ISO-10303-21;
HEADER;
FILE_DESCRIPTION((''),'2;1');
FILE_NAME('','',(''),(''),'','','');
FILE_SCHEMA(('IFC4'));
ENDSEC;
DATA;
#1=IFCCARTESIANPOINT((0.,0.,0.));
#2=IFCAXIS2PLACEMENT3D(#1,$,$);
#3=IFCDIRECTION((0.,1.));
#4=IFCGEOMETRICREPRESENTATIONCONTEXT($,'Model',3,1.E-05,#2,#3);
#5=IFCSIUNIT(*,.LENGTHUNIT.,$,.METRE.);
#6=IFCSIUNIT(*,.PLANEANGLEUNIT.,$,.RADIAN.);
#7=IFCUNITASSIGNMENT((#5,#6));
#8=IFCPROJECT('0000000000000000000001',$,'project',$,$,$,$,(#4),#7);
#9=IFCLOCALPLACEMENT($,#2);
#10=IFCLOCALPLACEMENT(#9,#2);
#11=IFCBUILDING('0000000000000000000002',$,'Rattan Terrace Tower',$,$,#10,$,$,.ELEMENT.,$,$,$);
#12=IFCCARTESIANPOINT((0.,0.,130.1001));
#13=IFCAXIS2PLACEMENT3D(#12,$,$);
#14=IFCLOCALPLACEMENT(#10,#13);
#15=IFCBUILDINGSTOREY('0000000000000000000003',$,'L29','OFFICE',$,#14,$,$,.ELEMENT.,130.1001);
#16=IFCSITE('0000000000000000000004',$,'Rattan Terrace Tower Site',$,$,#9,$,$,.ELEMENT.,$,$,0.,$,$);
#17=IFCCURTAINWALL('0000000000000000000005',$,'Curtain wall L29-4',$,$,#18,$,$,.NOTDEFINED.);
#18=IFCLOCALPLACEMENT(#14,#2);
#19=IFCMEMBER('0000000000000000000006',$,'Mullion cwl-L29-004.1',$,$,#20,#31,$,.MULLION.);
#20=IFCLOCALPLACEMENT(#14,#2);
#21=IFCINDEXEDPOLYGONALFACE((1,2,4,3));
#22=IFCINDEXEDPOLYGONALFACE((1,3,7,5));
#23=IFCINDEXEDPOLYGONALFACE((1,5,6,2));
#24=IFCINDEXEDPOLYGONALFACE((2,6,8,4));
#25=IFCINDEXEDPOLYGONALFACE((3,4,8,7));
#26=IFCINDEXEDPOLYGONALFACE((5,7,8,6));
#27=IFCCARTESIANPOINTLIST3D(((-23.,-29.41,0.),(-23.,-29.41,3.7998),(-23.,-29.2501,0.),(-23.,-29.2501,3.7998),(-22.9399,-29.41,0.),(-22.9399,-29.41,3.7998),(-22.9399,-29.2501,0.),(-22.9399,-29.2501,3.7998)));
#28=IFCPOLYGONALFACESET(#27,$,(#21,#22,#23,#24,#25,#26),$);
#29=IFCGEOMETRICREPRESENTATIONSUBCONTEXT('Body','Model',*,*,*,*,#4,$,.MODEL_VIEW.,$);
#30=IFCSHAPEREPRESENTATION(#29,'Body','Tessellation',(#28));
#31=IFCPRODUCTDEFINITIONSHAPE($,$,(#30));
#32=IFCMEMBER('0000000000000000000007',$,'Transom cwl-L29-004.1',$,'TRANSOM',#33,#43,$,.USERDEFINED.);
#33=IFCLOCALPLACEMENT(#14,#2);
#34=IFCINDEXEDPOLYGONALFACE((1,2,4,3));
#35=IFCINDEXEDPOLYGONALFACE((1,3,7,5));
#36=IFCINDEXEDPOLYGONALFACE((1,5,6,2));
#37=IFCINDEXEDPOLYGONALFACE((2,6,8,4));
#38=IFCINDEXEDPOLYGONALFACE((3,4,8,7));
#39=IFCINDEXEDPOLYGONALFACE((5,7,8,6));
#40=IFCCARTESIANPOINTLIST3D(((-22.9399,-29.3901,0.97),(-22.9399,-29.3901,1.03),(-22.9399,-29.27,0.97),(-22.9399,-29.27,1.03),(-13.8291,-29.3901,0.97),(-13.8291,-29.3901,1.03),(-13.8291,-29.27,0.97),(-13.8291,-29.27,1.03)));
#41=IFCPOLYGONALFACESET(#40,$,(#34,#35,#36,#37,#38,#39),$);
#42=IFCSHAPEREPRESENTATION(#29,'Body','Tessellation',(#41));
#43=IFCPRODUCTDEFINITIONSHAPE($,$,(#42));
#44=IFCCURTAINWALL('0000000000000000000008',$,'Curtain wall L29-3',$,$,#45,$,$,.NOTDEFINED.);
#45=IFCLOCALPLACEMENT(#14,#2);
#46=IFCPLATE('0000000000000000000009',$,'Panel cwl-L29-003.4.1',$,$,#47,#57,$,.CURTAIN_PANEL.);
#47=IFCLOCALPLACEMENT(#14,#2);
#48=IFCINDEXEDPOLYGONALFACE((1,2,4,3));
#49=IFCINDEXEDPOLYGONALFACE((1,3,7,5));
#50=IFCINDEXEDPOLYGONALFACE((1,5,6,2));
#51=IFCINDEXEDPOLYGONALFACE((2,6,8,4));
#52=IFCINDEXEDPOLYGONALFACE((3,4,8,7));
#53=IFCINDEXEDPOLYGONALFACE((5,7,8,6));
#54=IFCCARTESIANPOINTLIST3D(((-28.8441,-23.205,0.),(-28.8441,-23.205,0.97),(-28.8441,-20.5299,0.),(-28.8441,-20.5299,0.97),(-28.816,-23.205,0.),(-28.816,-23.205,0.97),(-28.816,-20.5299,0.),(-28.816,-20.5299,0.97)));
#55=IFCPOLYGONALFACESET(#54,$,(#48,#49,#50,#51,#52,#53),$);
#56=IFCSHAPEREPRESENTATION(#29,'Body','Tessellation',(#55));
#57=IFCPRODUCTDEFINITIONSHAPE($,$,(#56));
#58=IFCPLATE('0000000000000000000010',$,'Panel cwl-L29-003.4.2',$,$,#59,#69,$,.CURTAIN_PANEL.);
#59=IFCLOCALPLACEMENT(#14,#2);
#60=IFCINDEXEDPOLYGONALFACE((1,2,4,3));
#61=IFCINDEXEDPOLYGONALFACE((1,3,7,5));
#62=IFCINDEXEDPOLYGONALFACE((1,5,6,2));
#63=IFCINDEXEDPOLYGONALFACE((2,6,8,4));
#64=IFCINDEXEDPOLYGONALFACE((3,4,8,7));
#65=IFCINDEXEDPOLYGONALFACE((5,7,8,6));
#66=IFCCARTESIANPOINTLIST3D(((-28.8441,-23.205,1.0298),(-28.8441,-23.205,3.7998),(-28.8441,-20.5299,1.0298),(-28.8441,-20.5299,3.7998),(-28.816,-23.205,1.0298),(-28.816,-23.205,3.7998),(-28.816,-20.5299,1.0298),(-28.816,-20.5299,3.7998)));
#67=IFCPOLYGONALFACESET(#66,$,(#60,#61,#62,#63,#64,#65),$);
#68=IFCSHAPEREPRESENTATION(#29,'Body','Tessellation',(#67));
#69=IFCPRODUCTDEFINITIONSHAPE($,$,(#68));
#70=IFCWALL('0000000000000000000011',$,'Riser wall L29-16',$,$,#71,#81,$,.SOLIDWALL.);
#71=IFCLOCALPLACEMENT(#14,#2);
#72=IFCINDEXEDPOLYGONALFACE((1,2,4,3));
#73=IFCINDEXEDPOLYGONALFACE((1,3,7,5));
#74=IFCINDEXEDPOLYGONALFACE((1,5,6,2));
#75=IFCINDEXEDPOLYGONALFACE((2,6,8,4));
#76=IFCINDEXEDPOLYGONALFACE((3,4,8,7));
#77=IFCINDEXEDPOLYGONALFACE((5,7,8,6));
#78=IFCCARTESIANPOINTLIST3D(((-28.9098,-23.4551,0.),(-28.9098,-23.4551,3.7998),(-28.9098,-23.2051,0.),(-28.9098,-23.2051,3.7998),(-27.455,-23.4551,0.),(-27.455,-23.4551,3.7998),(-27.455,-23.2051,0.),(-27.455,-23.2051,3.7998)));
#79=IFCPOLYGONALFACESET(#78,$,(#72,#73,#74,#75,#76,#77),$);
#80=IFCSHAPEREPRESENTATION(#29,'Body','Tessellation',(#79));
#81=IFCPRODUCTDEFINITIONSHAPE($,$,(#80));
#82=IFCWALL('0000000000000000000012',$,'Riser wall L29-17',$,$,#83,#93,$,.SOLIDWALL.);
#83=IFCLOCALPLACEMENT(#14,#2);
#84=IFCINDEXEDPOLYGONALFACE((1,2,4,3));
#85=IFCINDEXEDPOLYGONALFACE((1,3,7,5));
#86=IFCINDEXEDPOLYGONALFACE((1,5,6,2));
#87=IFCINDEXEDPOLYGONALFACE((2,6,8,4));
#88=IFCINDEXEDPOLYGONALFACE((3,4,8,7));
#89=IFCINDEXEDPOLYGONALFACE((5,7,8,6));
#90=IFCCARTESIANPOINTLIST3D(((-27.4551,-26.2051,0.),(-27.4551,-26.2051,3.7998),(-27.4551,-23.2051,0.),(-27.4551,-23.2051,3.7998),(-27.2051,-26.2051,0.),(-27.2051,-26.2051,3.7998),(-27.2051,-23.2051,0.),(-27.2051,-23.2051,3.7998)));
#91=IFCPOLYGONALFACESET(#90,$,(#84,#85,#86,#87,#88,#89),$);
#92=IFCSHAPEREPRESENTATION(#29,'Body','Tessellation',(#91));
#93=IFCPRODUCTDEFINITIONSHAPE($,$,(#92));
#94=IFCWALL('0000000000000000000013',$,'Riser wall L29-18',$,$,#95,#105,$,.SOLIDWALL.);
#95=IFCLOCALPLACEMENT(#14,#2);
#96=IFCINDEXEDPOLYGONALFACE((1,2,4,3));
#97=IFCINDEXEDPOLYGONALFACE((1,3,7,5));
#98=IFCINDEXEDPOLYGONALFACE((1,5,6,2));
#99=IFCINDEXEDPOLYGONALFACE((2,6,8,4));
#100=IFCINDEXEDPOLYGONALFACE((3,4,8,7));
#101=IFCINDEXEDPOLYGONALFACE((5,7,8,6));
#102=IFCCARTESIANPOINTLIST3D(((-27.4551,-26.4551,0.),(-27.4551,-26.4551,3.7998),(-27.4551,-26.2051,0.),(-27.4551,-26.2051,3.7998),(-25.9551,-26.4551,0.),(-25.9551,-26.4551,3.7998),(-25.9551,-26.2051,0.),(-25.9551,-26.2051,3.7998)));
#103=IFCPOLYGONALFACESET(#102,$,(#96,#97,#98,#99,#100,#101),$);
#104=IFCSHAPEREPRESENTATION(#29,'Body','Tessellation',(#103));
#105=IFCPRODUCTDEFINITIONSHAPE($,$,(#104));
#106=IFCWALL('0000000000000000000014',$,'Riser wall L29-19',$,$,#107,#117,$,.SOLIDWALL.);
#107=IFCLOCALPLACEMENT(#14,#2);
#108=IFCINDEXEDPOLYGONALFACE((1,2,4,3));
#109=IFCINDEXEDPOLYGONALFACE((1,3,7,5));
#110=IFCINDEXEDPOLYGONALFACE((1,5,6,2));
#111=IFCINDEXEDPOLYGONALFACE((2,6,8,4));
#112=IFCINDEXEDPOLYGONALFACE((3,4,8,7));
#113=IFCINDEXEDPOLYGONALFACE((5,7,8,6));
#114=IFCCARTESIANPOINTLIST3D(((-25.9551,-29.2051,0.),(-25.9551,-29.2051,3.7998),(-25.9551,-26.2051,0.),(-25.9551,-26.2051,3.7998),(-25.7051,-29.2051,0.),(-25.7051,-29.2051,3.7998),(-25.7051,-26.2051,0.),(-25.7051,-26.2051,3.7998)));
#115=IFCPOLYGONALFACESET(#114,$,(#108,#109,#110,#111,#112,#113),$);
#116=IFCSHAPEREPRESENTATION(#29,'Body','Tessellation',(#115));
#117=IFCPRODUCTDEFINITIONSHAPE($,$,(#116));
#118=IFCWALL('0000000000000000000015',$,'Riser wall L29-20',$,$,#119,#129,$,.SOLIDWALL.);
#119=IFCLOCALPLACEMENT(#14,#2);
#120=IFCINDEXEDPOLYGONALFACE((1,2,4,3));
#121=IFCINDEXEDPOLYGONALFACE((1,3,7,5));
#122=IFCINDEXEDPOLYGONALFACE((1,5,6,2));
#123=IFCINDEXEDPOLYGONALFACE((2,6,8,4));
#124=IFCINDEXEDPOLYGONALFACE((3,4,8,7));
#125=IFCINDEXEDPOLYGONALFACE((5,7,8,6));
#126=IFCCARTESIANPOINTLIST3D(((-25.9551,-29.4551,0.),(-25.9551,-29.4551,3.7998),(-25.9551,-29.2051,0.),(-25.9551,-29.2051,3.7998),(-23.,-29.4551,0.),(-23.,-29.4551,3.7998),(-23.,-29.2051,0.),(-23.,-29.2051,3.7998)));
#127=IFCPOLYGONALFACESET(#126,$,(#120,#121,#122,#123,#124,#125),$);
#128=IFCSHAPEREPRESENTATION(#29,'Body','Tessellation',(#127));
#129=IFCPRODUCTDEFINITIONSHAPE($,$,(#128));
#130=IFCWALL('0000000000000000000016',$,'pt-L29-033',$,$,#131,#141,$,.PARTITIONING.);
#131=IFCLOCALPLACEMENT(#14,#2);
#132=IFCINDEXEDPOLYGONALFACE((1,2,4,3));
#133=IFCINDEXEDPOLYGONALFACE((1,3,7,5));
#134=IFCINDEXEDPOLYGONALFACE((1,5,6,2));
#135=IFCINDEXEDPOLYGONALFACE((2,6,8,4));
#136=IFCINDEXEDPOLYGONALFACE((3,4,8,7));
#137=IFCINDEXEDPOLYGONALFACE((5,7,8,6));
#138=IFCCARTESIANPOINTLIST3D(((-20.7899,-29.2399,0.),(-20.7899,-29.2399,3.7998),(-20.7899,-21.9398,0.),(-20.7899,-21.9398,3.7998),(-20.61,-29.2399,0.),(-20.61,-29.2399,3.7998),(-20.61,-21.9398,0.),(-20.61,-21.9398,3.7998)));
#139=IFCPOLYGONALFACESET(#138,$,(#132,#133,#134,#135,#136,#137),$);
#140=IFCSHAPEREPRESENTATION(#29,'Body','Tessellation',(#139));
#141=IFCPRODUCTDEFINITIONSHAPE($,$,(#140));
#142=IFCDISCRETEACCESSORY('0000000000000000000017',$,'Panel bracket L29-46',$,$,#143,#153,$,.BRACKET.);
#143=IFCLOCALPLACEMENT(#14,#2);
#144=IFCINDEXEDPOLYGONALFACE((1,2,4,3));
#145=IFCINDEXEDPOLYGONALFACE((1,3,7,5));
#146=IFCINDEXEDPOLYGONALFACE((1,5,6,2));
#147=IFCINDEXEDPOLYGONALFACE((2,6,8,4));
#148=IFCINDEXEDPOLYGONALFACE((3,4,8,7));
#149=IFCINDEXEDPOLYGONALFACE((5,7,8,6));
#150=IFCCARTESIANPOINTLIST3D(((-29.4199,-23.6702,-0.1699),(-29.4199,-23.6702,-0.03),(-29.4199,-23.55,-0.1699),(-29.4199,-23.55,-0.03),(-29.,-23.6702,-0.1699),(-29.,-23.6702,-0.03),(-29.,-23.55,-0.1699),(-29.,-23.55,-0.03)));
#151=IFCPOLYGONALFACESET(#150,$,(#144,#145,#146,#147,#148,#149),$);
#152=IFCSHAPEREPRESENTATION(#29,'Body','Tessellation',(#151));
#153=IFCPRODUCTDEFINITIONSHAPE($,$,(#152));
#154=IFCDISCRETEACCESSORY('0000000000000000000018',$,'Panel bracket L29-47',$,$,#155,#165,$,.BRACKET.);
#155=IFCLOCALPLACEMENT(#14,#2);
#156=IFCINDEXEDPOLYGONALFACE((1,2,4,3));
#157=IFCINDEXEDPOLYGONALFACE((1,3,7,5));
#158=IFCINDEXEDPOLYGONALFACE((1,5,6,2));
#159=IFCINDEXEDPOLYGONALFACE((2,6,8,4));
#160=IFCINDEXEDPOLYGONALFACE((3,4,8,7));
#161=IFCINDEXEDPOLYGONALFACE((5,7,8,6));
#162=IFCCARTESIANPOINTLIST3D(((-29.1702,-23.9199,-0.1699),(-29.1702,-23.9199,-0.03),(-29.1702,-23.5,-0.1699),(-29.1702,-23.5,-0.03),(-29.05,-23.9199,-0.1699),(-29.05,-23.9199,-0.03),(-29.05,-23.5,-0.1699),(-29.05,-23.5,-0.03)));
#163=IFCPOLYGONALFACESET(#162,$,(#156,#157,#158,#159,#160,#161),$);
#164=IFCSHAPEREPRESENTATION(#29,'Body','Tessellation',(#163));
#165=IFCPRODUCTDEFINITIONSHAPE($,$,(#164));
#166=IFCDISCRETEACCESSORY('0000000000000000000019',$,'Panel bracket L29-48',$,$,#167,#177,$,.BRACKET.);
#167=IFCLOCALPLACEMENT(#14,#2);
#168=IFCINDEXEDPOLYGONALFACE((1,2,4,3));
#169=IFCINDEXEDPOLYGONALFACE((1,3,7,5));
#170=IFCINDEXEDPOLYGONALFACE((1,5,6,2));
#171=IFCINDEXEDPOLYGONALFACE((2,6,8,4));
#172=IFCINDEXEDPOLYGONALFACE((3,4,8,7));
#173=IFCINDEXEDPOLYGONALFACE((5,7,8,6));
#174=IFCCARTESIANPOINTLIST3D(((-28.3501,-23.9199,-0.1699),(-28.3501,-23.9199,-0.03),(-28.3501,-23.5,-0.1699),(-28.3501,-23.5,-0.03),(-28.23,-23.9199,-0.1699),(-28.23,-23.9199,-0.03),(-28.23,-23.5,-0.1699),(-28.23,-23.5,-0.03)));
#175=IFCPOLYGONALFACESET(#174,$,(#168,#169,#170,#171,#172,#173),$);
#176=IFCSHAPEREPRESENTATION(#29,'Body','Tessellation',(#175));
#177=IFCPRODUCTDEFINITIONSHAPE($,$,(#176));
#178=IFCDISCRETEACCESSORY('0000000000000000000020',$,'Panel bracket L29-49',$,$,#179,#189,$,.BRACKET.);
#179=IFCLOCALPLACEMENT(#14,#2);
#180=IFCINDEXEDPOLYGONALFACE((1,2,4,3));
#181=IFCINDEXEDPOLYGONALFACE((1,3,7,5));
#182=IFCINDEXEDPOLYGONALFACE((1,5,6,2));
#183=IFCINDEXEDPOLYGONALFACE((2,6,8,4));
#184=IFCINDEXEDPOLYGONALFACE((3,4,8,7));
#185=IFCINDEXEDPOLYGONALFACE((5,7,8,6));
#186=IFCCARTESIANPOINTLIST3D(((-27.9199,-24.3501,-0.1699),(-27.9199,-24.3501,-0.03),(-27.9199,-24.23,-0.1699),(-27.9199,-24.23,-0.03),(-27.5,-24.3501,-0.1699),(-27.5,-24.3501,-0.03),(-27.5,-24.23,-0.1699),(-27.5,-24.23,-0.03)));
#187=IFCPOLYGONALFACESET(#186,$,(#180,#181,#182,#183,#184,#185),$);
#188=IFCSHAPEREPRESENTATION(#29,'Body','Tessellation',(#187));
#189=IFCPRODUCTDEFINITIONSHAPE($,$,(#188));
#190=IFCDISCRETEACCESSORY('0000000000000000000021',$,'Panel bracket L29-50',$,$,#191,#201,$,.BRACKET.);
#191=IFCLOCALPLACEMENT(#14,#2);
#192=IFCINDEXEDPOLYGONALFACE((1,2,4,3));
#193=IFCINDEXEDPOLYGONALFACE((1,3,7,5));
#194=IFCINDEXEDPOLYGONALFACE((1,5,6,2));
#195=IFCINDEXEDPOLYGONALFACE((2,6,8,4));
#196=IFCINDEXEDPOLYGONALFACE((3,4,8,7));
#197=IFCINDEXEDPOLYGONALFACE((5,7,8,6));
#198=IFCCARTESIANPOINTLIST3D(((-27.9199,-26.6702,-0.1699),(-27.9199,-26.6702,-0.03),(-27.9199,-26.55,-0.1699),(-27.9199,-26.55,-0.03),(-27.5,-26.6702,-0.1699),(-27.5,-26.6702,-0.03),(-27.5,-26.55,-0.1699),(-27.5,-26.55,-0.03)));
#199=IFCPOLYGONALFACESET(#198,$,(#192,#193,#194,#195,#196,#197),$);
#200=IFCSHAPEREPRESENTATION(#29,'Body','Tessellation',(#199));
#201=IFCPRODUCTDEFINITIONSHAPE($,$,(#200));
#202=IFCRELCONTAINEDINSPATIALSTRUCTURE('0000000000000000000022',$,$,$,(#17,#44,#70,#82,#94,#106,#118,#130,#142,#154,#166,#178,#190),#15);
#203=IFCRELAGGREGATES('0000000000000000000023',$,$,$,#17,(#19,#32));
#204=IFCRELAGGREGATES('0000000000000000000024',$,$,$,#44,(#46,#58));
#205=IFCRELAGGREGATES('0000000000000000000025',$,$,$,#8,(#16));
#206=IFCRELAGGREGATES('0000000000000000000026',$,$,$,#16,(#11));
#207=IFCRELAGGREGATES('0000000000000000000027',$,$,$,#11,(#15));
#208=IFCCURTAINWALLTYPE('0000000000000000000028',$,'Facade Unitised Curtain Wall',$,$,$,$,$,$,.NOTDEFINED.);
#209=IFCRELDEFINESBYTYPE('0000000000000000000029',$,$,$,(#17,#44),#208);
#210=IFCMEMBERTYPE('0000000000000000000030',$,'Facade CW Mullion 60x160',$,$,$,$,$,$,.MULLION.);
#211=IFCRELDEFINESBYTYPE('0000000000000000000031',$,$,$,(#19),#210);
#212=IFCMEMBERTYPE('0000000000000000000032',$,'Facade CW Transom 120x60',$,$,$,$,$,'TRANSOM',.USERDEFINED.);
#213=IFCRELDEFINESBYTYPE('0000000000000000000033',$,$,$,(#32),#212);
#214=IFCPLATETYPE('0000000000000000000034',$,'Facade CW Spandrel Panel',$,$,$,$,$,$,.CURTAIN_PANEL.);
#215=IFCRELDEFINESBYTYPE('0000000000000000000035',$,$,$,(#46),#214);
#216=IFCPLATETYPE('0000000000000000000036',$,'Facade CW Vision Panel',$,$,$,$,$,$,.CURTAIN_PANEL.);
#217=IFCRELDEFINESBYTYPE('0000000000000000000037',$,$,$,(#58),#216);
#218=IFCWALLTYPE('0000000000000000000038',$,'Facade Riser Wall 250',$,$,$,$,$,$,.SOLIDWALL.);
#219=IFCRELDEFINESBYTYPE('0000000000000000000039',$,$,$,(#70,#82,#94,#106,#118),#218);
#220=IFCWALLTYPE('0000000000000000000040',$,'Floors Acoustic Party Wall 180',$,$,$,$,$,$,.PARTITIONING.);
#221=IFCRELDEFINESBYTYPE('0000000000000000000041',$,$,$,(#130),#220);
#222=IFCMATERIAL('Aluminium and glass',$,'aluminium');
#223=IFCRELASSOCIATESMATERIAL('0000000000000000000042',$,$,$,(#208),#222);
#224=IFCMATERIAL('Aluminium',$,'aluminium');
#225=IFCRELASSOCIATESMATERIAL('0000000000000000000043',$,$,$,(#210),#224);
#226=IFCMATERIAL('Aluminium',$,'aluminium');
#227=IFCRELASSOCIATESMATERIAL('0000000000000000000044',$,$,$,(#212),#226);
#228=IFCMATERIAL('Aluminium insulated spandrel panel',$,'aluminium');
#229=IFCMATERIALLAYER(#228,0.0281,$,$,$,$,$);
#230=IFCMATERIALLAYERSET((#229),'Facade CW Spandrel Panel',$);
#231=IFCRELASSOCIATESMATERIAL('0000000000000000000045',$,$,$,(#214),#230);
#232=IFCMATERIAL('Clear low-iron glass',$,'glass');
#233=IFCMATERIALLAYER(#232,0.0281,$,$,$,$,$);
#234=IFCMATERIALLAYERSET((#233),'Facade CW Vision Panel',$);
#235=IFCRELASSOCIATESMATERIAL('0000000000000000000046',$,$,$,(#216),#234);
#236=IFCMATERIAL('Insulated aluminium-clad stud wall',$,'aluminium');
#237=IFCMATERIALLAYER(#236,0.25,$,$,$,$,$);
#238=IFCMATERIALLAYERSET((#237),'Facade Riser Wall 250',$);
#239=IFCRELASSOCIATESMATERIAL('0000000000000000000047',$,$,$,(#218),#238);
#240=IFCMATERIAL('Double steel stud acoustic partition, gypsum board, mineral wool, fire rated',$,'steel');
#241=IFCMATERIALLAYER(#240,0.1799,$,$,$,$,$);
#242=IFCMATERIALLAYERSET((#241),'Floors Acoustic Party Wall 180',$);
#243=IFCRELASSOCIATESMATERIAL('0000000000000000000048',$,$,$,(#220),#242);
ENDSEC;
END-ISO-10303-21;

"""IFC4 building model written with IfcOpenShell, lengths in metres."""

from ifc_helpers import new_model, si_unit, direction, frame, frame_2d, origin, origin_2d, place, context, subcontext, project, spatial, rectangle, extrude, material, layer, layer_set, material_profile, profile_set, type_object, element, aggregate, save


model = new_model("IFC4")

# Units and contexts
model_context = context("Model", 3, precision=1e-05, world=origin(), true_north=direction((0.0, 1.0)))
body_context = subcontext(model_context, "Body", "Model", "MODEL_VIEW")
ifc_project = project(units=[si_unit("LENGTHUNIT", "METRE"), si_unit("PLANEANGLEUNIT", "RADIAN")], contexts=[model_context])

# Site, building, storey
site_placement = place(None, origin())
site = spatial("IfcSite", under=ifc_project, at=site_placement, Name="Rattan Terrace Tower Site", CompositionType="ELEMENT", RefElevation=0.0)
building_placement = place(site_placement, origin())
building = spatial("IfcBuilding", under=site, at=building_placement, Name="Rattan Terrace Tower", CompositionType="ELEMENT")
storey_placement = place(building_placement, frame((0.0, 0.0, 130.1001)))
storey = spatial("IfcBuildingStorey", under=building, at=storey_placement, Name="L29", Description="OFFICE", CompositionType="ELEMENT", Elevation=130.1001)

# Curtain wall, members
ifc_material_1 = material(Name="Aluminium and glass", Category="aluminium")
curtain_wall_type = type_object("IfcCurtainWallType", Name="Facade Unitised Curtain Wall", PredefinedType="NOTDEFINED", material=ifc_material_1)
curtain_wall_1_placement = place(storey_placement, origin())
curtain_wall_1 = element("IfcCurtainWall", 1, at=curtain_wall_1_placement, inside=storey, type_object=curtain_wall_type, Name="Curtain wall L29-4", PredefinedType="NOTDEFINED")
ifc_material_2 = material(Name="Aluminium", Category="aluminium")
ifc_material_profile_1 = material_profile(ifc_material_2, rectangle(XDim=0.0601, YDim=0.1599, at=origin_2d()), Name="Aluminium 60x160")
ifc_profile_set_1 = profile_set([ifc_material_profile_1], Name="Aluminium")
member_type_1 = type_object("IfcMemberType", Name="Facade CW Mullion 60x160", PredefinedType="MULLION", material=ifc_profile_set_1)
member_1_placement = place(storey_placement, frame((-22.97, -29.3301, 0.0), z_axis=(0.0, 0.0, 1.0), x_axis=(1.0, 0.0, 0.0)))
member_1 = element("IfcMember", 2, at=member_1_placement, type_object=member_type_1, Name="Mullion cwl-L29-004.1", PredefinedType="MULLION", context=body_context, shape_type="SweptSolid", body=[
    extrude(rectangle(XDim=0.0601, YDim=0.1599, at=origin_2d()), origin(), (0.0, 0.0, 1.0), 3.7998),
])
ifc_material_3 = material(Name="Aluminium", Category="aluminium")
ifc_material_profile_2 = material_profile(ifc_material_3, rectangle(XDim=0.1201, YDim=0.0601, at=origin_2d()), Name="Aluminium 120x60")
ifc_profile_set_2 = profile_set([ifc_material_profile_2], Name="Aluminium")
member_type_2 = type_object("IfcMemberType", Name="Facade CW Transom 120x60", ElementType="TRANSOM", PredefinedType="USERDEFINED", material=ifc_profile_set_2)
member_2_placement = place(storey_placement, frame((-22.9399, -29.3301, 1.0), z_axis=(1.0, 0.0, 0.0), x_axis=(0.0, 1.0, 0.0)))
member_2 = element("IfcMember", 3, at=member_2_placement, type_object=member_type_2, Name="Transom cwl-L29-004.1", ObjectType="TRANSOM", PredefinedType="USERDEFINED", context=body_context, shape_type="SweptSolid", body=[
    extrude(rectangle(XDim=0.1201, YDim=0.0601, at=origin_2d()), origin(), (0.0, 0.0, 1.0), 9.1108),
])
aggregate(curtain_wall_1, [member_1, member_2])

# Curtain wall, plates
curtain_wall_2_placement = place(storey_placement, origin())
curtain_wall_2 = element("IfcCurtainWall", 4, at=curtain_wall_2_placement, inside=storey, type_object=curtain_wall_type, Name="Curtain wall L29-3", PredefinedType="NOTDEFINED")
ifc_material_4 = material(Name="Aluminium insulated spandrel panel", Category="aluminium")
ifc_layer_1 = layer(ifc_material_4, 0.0281)
ifc_layer_set_1 = layer_set([ifc_layer_1], Name="Facade CW Spandrel Panel")
plate_type_1 = type_object("IfcPlateType", Name="Facade CW Spandrel Panel", PredefinedType="CURTAIN_PANEL", material=ifc_layer_set_1)
plate_1_placement = place(storey_placement, frame((-28.8301, -21.8674, 0.0), z_axis=(0.0, 0.0, 1.0), x_axis=(0.0, -1.0, 0.0)))
plate_1 = element("IfcPlate", 5, at=plate_1_placement, type_object=plate_type_1, Name="Panel cwl-L29-003.4.1", PredefinedType="CURTAIN_PANEL", context=body_context, shape_type="SweptSolid", body=[
    extrude(rectangle(XDim=2.675, YDim=0.0281, at=origin_2d()), origin(), (0.0, 0.0, 1.0), 0.97),
])
ifc_material_5 = material(Name="Clear low-iron glass", Category="glass")
ifc_layer_2 = layer(ifc_material_5, 0.0281)
ifc_layer_set_2 = layer_set([ifc_layer_2], Name="Facade CW Vision Panel")
plate_type_2 = type_object("IfcPlateType", Name="Facade CW Vision Panel", PredefinedType="CURTAIN_PANEL", material=ifc_layer_set_2)
plate_2_placement = place(storey_placement, frame((-28.8301, -21.8674, 1.0298), z_axis=(0.0, 0.0, 1.0), x_axis=(0.0, -1.0, 0.0)))
plate_2 = element("IfcPlate", 6, at=plate_2_placement, type_object=plate_type_2, Name="Panel cwl-L29-003.4.2", PredefinedType="CURTAIN_PANEL", context=body_context, shape_type="SweptSolid", body=[
    extrude(rectangle(XDim=2.675, YDim=0.0281, at=origin_2d()), origin(), (0.0, 0.0, 1.0), 2.77),
])
aggregate(curtain_wall_2, [plate_1, plate_2])

# Walls
ifc_material_6 = material(Name="Insulated aluminium-clad stud wall", Category="aluminium")
ifc_layer_3 = layer(ifc_material_6, 0.25)
ifc_layer_set_3 = layer_set([ifc_layer_3], Name="Facade Riser Wall 250")
wall_type_1 = type_object("IfcWallType", Name="Facade Riser Wall 250", PredefinedType="SOLIDWALL", material=ifc_layer_set_3)
wall_1_placement = place(storey_placement, frame((-28.9099, -23.3301, 0.0), z_axis=(0.0, 0.0, 1.0), x_axis=(1.0, 0.0, 0.0)))
element("IfcWall", 7, at=wall_1_placement, inside=storey, type_object=wall_type_1, Name="Riser wall L29-16", PredefinedType="SOLIDWALL", context=body_context, shape_type="SweptSolid", body=[
    extrude(rectangle(XDim=1.4548, YDim=0.25, at=frame_2d((0.7275, 0.0))), origin(), (0.0, 0.0, 1.0), 3.7998),
])
wall_2_placement = place(storey_placement, frame((-27.3301, -23.2051, 0.0), z_axis=(0.0, 0.0, 1.0), x_axis=(0.0, -1.0, 0.0)))
element("IfcWall", 8, at=wall_2_placement, inside=storey, type_object=wall_type_1, Name="Riser wall L29-17", PredefinedType="SOLIDWALL", context=body_context, shape_type="SweptSolid", body=[
    extrude(rectangle(XDim=3.0, YDim=0.25, at=frame_2d((1.5, 0.0))), origin(), (0.0, 0.0, 1.0), 3.7998),
])
wall_3_placement = place(storey_placement, frame((-27.4551, -26.3301, 0.0), z_axis=(0.0, 0.0, 1.0), x_axis=(1.0, 0.0, 0.0)))
element("IfcWall", 9, at=wall_3_placement, inside=storey, type_object=wall_type_1, Name="Riser wall L29-18", PredefinedType="SOLIDWALL", context=body_context, shape_type="SweptSolid", body=[
    extrude(rectangle(XDim=1.5, YDim=0.25, at=frame_2d((0.75, 0.0))), origin(), (0.0, 0.0, 1.0), 3.7998),
])
wall_4_placement = place(storey_placement, frame((-25.8301, -26.2051, 0.0), z_axis=(0.0, 0.0, 1.0), x_axis=(0.0, -1.0, 0.0)))
element("IfcWall", 10, at=wall_4_placement, inside=storey, type_object=wall_type_1, Name="Riser wall L29-19", PredefinedType="SOLIDWALL", context=body_context, shape_type="SweptSolid", body=[
    extrude(rectangle(XDim=3.0, YDim=0.25, at=frame_2d((1.5, 0.0))), origin(), (0.0, 0.0, 1.0), 3.7998),
])
wall_5_placement = place(storey_placement, frame((-25.9551, -29.3301, 0.0), z_axis=(0.0, 0.0, 1.0), x_axis=(1.0, 0.0, 0.0)))
element("IfcWall", 11, at=wall_5_placement, inside=storey, type_object=wall_type_1, Name="Riser wall L29-20", PredefinedType="SOLIDWALL", context=body_context, shape_type="SweptSolid", body=[
    extrude(rectangle(XDim=2.9551, YDim=0.25, at=frame_2d((1.4775, 0.0))), origin(), (0.0, 0.0, 1.0), 3.7998),
])
ifc_material_7 = material(Name="Double steel stud acoustic partition, gypsum board, mineral wool, fire rated", Category="steel")
ifc_layer_4 = layer(ifc_material_7, 0.1799)
ifc_layer_set_4 = layer_set([ifc_layer_4], Name="Floors Acoustic Party Wall 180")
wall_type_2 = type_object("IfcWallType", Name="Floors Acoustic Party Wall 180", PredefinedType="PARTITIONING", material=ifc_layer_set_4)
wall_6_placement = place(storey_placement, frame((-20.7, -21.9399, 0.0), z_axis=(0.0, 0.0, 1.0), x_axis=(0.0, -1.0, 0.0)))
element("IfcWall", 12, at=wall_6_placement, inside=storey, type_object=wall_type_2, Name="pt-L29-033", PredefinedType="PARTITIONING", context=body_context, shape_type="SweptSolid", body=[
    extrude(rectangle(XDim=7.3, YDim=0.1799, at=frame_2d((3.6499, 0.0))), origin(), (0.0, 0.0, 1.0), 3.7998),
])

# Discrete accessories
for number, where, z_axis, x_axis, name in (
    (13, (-29.21, -23.6101, -0.1699), (0.0, 0.0, 1.0), (0.0, -1.0, 0.0), "Panel bracket L29-46"),
    (14, (-29.1101, -23.71, -0.1699), (0.0, 0.0, 1.0), (1.0, 0.0, 0.0), "Panel bracket L29-47"),
    (15, (-28.29, -23.71, -0.1699), (0.0, 0.0, 1.0), (1.0, 0.0, 0.0), "Panel bracket L29-48"),
    (16, (-27.71, -24.29, -0.1699), (0.0, 0.0, 1.0), (0.0, -1.0, 0.0), "Panel bracket L29-49"),
    (17, (-27.71, -26.6101, -0.1699), (0.0, 0.0, 1.0), (0.0, -1.0, 0.0), "Panel bracket L29-50"),
):
    element("IfcDiscreteAccessory", number, at=place(storey_placement, frame(where, z_axis=z_axis, x_axis=x_axis)), inside=storey, Name=name, PredefinedType="BRACKET", context=body_context, shape_type="SweptSolid", body=[
        extrude(rectangle(XDim=0.1201, YDim=0.4199, at=origin_2d()), origin(), (0.0, 0.0, 1.0), 0.1399),
    ])

save(model, "model.ifc")
